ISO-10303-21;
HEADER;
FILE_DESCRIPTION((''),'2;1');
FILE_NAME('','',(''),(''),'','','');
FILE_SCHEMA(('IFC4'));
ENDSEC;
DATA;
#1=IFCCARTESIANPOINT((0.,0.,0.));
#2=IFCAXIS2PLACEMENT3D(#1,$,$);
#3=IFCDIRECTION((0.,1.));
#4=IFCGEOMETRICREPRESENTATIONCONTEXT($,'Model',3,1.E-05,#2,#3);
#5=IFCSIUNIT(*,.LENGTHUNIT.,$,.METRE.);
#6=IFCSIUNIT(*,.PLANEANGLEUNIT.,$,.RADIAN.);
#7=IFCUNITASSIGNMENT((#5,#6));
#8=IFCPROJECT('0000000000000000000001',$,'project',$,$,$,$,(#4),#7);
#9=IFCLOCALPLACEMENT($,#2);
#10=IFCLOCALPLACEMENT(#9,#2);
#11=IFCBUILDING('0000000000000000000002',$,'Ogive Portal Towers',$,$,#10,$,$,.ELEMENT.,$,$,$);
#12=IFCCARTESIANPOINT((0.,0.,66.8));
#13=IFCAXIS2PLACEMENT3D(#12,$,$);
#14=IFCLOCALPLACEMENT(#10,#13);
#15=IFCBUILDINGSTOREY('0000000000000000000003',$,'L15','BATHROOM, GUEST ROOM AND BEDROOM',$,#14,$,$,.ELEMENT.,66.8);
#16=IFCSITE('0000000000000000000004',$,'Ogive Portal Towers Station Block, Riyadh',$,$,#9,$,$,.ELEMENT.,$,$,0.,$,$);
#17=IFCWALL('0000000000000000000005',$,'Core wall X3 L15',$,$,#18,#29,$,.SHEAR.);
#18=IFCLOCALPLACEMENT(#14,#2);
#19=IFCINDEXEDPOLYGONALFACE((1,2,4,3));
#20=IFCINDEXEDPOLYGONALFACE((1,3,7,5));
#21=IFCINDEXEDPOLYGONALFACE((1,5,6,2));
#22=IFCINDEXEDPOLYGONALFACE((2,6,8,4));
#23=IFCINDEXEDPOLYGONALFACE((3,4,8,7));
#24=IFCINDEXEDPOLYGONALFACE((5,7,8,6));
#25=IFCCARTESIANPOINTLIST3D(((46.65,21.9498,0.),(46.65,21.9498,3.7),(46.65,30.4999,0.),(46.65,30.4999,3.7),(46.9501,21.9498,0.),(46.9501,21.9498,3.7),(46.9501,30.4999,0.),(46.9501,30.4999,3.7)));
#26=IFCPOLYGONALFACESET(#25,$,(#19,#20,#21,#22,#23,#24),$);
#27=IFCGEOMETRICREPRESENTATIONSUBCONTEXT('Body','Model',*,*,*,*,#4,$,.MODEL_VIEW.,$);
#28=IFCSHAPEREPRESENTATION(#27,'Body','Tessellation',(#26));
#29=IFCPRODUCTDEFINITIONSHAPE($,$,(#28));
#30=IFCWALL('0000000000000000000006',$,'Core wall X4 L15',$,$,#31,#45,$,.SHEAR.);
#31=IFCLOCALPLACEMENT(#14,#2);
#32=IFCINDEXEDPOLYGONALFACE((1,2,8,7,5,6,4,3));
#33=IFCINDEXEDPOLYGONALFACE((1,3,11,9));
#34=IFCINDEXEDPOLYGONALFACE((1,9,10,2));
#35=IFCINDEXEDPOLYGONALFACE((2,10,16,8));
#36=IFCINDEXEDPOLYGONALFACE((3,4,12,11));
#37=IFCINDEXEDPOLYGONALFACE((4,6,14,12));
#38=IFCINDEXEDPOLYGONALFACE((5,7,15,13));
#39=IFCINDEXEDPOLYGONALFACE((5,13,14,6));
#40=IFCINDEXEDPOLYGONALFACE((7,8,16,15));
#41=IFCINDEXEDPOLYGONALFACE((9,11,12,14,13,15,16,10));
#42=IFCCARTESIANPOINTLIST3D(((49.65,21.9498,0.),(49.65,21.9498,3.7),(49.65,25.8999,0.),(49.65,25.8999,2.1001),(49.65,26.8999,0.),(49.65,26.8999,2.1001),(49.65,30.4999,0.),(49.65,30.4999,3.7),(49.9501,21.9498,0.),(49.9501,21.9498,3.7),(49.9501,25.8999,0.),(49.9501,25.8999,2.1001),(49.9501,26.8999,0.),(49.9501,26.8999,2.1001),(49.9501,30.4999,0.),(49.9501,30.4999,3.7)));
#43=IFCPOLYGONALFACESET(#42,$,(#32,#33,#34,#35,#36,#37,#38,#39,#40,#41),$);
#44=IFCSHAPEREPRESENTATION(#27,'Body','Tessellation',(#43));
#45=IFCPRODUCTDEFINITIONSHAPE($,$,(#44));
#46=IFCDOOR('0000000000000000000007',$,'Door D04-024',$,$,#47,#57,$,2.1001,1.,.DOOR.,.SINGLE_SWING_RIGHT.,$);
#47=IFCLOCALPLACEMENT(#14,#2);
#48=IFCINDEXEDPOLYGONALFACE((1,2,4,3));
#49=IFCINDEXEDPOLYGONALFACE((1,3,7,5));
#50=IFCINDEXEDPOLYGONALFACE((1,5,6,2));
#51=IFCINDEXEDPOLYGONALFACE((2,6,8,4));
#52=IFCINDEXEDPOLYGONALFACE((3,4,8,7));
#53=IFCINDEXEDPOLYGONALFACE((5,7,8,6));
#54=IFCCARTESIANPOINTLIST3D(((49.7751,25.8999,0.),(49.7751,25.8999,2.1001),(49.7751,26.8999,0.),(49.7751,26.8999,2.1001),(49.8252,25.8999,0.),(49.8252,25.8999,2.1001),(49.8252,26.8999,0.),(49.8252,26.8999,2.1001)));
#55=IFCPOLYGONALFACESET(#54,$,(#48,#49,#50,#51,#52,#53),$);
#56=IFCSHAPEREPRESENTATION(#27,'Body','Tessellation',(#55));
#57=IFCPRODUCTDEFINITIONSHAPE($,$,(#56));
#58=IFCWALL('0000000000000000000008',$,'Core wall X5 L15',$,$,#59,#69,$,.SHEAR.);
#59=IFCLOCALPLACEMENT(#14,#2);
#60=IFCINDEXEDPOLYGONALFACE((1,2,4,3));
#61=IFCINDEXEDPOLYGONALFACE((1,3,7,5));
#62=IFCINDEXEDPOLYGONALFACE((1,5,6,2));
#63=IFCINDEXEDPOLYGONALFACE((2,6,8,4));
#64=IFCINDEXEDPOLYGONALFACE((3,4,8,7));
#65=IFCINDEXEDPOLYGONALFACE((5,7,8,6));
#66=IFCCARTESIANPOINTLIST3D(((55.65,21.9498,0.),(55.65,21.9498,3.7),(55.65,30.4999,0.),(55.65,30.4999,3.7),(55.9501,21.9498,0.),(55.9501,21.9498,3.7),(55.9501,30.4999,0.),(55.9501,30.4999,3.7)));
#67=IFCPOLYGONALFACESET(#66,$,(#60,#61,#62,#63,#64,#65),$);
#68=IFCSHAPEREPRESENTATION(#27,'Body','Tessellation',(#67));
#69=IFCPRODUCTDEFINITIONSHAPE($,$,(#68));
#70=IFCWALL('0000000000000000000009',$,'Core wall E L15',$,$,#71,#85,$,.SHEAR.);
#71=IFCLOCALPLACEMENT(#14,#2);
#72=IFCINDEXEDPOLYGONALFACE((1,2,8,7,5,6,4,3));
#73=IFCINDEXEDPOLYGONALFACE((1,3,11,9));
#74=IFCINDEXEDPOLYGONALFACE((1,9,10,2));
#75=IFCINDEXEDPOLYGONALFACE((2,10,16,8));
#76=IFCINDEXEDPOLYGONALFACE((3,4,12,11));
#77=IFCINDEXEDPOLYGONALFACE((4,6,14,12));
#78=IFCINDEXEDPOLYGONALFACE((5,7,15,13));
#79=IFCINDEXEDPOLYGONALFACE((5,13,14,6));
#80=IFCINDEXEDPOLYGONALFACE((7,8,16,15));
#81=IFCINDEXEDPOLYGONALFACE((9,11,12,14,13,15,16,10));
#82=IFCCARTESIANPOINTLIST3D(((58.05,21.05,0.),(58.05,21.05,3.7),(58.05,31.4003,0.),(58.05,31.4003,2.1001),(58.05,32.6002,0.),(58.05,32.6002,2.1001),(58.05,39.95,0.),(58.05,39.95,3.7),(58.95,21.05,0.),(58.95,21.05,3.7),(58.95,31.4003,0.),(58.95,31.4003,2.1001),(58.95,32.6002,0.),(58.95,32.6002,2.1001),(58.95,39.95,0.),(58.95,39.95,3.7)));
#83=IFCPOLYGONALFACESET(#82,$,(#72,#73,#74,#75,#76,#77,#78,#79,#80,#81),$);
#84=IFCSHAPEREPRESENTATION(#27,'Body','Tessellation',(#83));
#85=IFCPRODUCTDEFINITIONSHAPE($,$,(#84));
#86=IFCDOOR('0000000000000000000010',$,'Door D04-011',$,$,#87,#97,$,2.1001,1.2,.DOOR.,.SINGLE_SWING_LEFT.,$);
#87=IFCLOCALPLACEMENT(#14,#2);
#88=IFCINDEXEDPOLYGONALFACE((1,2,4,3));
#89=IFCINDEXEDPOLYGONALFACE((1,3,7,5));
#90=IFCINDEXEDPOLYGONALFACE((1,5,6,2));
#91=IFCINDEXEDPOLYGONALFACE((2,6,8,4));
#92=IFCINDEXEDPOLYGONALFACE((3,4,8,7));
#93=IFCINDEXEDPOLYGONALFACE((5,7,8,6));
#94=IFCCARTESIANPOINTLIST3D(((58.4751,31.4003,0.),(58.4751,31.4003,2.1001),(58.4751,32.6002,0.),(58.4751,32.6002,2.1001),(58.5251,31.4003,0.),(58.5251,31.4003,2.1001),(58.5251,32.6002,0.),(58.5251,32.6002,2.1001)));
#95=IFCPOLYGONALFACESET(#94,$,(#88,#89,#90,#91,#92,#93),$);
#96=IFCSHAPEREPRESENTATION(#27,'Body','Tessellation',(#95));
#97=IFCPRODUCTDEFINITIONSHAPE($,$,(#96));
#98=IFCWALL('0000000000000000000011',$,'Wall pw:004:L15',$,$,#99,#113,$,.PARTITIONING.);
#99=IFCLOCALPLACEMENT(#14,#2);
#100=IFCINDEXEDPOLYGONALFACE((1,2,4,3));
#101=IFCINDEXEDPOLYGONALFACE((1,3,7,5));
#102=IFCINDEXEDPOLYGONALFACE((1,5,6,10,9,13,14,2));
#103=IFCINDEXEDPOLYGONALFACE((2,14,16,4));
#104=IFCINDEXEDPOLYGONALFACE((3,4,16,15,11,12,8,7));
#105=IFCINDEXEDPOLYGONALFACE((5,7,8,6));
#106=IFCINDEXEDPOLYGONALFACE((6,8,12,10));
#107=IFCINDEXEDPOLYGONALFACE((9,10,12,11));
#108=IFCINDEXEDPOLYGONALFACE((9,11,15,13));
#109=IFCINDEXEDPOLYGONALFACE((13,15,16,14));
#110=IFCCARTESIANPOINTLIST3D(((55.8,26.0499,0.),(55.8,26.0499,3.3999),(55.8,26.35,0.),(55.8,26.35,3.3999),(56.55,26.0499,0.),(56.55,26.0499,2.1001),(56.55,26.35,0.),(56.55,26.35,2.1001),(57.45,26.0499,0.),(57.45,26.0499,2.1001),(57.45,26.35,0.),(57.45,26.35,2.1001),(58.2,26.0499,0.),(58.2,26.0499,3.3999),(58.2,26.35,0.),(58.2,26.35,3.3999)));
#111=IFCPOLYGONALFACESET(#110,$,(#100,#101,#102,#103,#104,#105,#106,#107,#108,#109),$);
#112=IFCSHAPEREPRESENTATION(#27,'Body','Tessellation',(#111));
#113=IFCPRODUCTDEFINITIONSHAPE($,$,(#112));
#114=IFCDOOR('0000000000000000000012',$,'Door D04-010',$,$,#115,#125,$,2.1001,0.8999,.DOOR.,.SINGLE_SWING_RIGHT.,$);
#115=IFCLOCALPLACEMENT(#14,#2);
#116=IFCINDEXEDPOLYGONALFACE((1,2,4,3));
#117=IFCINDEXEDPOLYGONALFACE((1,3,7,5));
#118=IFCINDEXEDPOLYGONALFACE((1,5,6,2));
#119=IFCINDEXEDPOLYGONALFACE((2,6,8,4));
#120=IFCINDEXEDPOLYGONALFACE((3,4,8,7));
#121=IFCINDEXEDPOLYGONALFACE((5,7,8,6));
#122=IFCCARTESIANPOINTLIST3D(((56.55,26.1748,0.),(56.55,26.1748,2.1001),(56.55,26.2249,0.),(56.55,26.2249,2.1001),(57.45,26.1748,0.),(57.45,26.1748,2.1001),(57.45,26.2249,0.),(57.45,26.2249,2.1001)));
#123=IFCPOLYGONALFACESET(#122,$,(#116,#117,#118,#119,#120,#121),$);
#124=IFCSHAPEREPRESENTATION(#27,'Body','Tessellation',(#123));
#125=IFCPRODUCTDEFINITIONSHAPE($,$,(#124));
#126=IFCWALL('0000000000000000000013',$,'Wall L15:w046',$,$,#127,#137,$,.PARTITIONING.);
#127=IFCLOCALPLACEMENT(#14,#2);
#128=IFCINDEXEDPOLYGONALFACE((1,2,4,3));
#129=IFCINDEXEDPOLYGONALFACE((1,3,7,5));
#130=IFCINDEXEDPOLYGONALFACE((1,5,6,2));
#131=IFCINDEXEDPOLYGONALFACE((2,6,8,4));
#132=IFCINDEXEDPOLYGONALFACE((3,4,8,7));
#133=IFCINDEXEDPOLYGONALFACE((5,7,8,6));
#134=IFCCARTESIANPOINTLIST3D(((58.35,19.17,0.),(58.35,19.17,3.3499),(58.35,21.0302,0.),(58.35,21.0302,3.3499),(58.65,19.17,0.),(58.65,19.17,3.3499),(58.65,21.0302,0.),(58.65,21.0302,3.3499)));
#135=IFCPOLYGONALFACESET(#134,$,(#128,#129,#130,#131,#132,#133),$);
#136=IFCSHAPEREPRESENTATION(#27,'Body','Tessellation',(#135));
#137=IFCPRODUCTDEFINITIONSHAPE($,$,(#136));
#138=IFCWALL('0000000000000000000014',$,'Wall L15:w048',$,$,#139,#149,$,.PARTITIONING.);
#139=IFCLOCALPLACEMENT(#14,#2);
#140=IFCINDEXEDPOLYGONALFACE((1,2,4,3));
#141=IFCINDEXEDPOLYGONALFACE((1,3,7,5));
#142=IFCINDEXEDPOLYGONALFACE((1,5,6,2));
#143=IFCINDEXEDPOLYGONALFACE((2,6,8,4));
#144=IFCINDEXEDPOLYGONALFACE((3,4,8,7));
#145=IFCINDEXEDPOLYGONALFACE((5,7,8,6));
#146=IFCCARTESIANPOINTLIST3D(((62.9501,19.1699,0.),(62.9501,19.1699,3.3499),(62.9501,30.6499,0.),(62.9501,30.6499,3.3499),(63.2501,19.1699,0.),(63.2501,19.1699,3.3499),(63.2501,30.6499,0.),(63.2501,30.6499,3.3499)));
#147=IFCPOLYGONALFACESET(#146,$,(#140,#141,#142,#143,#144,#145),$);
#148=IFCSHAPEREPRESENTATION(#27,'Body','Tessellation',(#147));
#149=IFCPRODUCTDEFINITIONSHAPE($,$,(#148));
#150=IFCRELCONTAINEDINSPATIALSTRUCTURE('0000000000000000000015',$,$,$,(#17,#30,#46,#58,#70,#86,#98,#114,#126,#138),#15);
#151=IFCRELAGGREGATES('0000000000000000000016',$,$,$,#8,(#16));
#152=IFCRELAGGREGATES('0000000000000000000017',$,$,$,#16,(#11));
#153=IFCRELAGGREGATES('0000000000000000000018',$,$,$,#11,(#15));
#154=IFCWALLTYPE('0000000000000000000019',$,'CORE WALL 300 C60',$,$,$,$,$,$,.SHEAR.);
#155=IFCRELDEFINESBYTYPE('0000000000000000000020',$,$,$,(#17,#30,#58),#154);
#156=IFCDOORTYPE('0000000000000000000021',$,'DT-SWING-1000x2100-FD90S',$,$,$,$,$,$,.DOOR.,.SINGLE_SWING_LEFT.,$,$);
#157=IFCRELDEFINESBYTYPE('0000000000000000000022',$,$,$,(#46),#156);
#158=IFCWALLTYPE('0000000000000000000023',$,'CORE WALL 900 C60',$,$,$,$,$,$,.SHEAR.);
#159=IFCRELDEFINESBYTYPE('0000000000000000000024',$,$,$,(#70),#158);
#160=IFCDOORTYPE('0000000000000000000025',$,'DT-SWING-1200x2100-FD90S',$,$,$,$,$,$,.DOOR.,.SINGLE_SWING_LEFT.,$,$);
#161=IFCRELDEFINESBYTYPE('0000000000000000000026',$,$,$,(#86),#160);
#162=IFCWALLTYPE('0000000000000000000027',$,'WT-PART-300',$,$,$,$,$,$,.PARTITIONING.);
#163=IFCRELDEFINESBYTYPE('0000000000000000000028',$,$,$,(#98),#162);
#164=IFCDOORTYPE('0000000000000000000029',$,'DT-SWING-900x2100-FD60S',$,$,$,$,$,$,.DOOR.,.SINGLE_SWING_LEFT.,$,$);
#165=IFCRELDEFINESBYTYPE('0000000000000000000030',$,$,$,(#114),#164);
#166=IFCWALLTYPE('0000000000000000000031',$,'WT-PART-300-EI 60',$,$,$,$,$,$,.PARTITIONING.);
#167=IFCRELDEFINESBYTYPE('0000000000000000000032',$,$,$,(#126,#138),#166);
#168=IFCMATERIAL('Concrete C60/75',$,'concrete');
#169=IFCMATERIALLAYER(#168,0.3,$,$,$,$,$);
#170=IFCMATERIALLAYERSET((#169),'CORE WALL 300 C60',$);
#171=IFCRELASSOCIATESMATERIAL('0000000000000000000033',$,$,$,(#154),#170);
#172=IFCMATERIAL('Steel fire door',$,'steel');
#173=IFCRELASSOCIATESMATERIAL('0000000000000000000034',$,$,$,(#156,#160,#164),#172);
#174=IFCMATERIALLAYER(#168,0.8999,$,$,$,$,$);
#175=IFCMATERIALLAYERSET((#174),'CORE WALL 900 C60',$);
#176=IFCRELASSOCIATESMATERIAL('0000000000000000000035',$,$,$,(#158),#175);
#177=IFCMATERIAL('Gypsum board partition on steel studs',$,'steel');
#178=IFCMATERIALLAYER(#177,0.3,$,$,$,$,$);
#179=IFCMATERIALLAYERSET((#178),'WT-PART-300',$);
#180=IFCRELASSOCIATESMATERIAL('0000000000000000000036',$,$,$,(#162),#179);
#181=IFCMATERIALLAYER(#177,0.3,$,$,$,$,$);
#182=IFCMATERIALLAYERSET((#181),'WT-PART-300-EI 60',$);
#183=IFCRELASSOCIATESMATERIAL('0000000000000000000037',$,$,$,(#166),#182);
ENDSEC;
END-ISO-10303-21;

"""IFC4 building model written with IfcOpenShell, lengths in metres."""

from ifc_helpers import new_model, si_unit, direction, frame, frame_2d, origin, place, context, subcontext, project, spatial, rectangle, extrude, material, layer, layer_set, type_object, element, fill, save


model = new_model("IFC4")

# Units and contexts
model_context = context("Model", 3, precision=1e-05, world=origin(), true_north=direction((0.0, 1.0)))
body_context = subcontext(model_context, "Body", "Model", "MODEL_VIEW")
ifc_project = project(units=[si_unit("LENGTHUNIT", "METRE"), si_unit("PLANEANGLEUNIT", "RADIAN")], contexts=[model_context])

# Site, building, storey
site_placement = place(None, origin())
site = spatial("IfcSite", under=ifc_project, at=site_placement, Name="Ogive Portal Towers Station Block, Riyadh", CompositionType="ELEMENT", RefElevation=0.0)
building_placement = place(site_placement, origin())
building = spatial("IfcBuilding", under=site, at=building_placement, Name="Ogive Portal Towers", CompositionType="ELEMENT")
storey_placement = place(building_placement, frame((0.0, 0.0, 66.8)))
storey = spatial("IfcBuildingStorey", under=building, at=storey_placement, Name="L15", Description="BATHROOM, GUEST ROOM AND BEDROOM", CompositionType="ELEMENT", Elevation=66.8)

# Wall
ifc_material_1 = material(Name="Concrete C60/75", Category="concrete")
ifc_layer_1 = layer(ifc_material_1, 0.3)
ifc_layer_set_1 = layer_set([ifc_layer_1], Name="CORE WALL 300 C60")
wall_type_1 = type_object("IfcWallType", Name="CORE WALL 300 C60", PredefinedType="SHEAR", material=ifc_layer_set_1)
wall_1_placement = place(storey_placement, frame((46.8, 21.95, 0.0), z_axis=(0.0, 0.0, 1.0), x_axis=(0.0, 1.0, 0.0)))
element("IfcWall", 1, at=wall_1_placement, inside=storey, type_object=wall_type_1, Name="Core wall X3 L15", PredefinedType="SHEAR", context=body_context, shape_type="SweptSolid", body=[
    extrude(rectangle(XDim=8.55, YDim=0.3, at=frame_2d((4.2749, 0.0))), origin(), (0.0, 0.0, 1.0), 3.7),
])

# Wall, opening, door
wall_2_placement = place(storey_placement, frame((49.8, 21.95, 0.0), z_axis=(0.0, 0.0, 1.0), x_axis=(0.0, 1.0, 0.0)))
wall_2 = element("IfcWall", 2, at=wall_2_placement, inside=storey, type_object=wall_type_1, Name="Core wall X4 L15", PredefinedType="SHEAR", context=body_context, shape_type="SweptSolid", body=[
    extrude(rectangle(XDim=8.55, YDim=0.3, at=frame_2d((4.2749, 0.0))), origin(), (0.0, 0.0, 1.0), 3.7),
])
opening_1_placement = place(wall_2_placement, frame((3.95, 0.0, 0.0)))
opening_1 = element("IfcOpeningElement", 3, at=opening_1_placement, cuts=wall_2, PredefinedType="OPENING", context=body_context, shape_type="SweptSolid", body=[
    extrude(rectangle(XDim=1.0, YDim=2.1001, at=frame_2d((0.5, 1.05))), frame((0.0, 0.1602, 0.0), z_axis=(0.0, -1.0, 0.0), x_axis=(1.0, 0.0, 0.0)), (0.0, 0.0, 1.0), 0.3201),
])
ifc_material_2 = material(Name="Steel fire door", Category="steel")
door_type_1 = type_object("IfcDoorType", Name="DT-SWING-1000x2100-FD90S", OperationType="SINGLE_SWING_LEFT", PredefinedType="DOOR", material=ifc_material_2)
door_1_placement = place(opening_1_placement, origin())
door_1 = element("IfcDoor", 4, at=door_1_placement, inside=storey, type_object=door_type_1, Name="Door D04-024", OperationType="SINGLE_SWING_RIGHT", OverallHeight=2.1001, OverallWidth=1.0, PredefinedType="DOOR", context=body_context, shape_type="SweptSolid", body=[
    extrude(rectangle(XDim=1.0, YDim=2.1001, at=frame_2d((0.5, 1.05))), frame((0.0, 0.0249, 0.0), z_axis=(0.0, -1.0, 0.0), x_axis=(1.0, 0.0, 0.0)), (0.0, 0.0, 1.0), 0.05),
])
fill(opening_1, door_1)

# Wall
wall_3_placement = place(storey_placement, frame((55.8, 21.95, 0.0), z_axis=(0.0, 0.0, 1.0), x_axis=(0.0, 1.0, 0.0)))
element("IfcWall", 5, at=wall_3_placement, inside=storey, type_object=wall_type_1, Name="Core wall X5 L15", PredefinedType="SHEAR", context=body_context, shape_type="SweptSolid", body=[
    extrude(rectangle(XDim=8.55, YDim=0.3, at=frame_2d((4.2749, 0.0))), origin(), (0.0, 0.0, 1.0), 3.7),
])

# Wall, opening, door
ifc_layer_2 = layer(ifc_material_1, 0.8999)
ifc_layer_set_2 = layer_set([ifc_layer_2], Name="CORE WALL 900 C60")
wall_type_2 = type_object("IfcWallType", Name="CORE WALL 900 C60", PredefinedType="SHEAR", material=ifc_layer_set_2)
wall_4_placement = place(storey_placement, frame((58.5, 21.05, 0.0), z_axis=(0.0, 0.0, 1.0), x_axis=(0.0, 1.0, 0.0)))
wall_4 = element("IfcWall", 6, at=wall_4_placement, inside=storey, type_object=wall_type_2, Name="Core wall E L15", PredefinedType="SHEAR", context=body_context, shape_type="SweptSolid", body=[
    extrude(rectangle(XDim=18.8999, YDim=0.8999, at=frame_2d((9.45, 0.0))), origin(), (0.0, 0.0, 1.0), 3.7),
])
opening_2_placement = place(wall_4_placement, frame((10.3501, 0.0, 0.0)))
opening_2 = element("IfcOpeningElement", 7, at=opening_2_placement, cuts=wall_4, PredefinedType="OPENING", context=body_context, shape_type="SweptSolid", body=[
    extrude(rectangle(XDim=1.2, YDim=2.1001, at=frame_2d((0.6001, 1.05))), frame((0.0, 0.46, 0.0), z_axis=(0.0, -1.0, 0.0), x_axis=(1.0, 0.0, 0.0)), (0.0, 0.0, 1.0), 0.9199),
])
door_type_2 = type_object("IfcDoorType", Name="DT-SWING-1200x2100-FD90S", OperationType="SINGLE_SWING_LEFT", PredefinedType="DOOR", material=ifc_material_2)
door_2_placement = place(opening_2_placement, origin())
door_2 = element("IfcDoor", 8, at=door_2_placement, inside=storey, type_object=door_type_2, Name="Door D04-011", OperationType="SINGLE_SWING_LEFT", OverallHeight=2.1001, OverallWidth=1.2, PredefinedType="DOOR", context=body_context, shape_type="SweptSolid", body=[
    extrude(rectangle(XDim=1.2, YDim=2.1001, at=frame_2d((0.6001, 1.05))), frame((0.0, 0.0249, 0.0), z_axis=(0.0, -1.0, 0.0), x_axis=(1.0, 0.0, 0.0)), (0.0, 0.0, 1.0), 0.05),
])
fill(opening_2, door_2)

# Wall, opening, door
ifc_material_3 = material(Name="Gypsum board partition on steel studs", Category="steel")
ifc_layer_3 = layer(ifc_material_3, 0.3)
ifc_layer_set_3 = layer_set([ifc_layer_3], Name="WT-PART-300")
wall_type_3 = type_object("IfcWallType", Name="WT-PART-300", PredefinedType="PARTITIONING", material=ifc_layer_set_3)
wall_5_placement = place(storey_placement, frame((55.8, 26.2, 0.0), z_axis=(0.0, 0.0, 1.0), x_axis=(1.0, 0.0, 0.0)))
wall_5 = element("IfcWall", 9, at=wall_5_placement, inside=storey, type_object=wall_type_3, Name="Wall pw:004:L15", PredefinedType="PARTITIONING", context=body_context, shape_type="SweptSolid", body=[
    extrude(rectangle(XDim=2.3999, YDim=0.3, at=frame_2d((1.2, 0.0))), origin(), (0.0, 0.0, 1.0), 3.3999),
])
opening_3_placement = place(wall_5_placement, frame((0.75, 0.0, 0.0)))
opening_3 = element("IfcOpeningElement", 10, at=opening_3_placement, cuts=wall_5, PredefinedType="OPENING", context=body_context, shape_type="SweptSolid", body=[
    extrude(rectangle(XDim=0.8999, YDim=2.1001, at=frame_2d((0.45, 1.05))), frame((0.0, 0.1602, 0.0), z_axis=(0.0, -1.0, 0.0), x_axis=(1.0, 0.0, 0.0)), (0.0, 0.0, 1.0), 0.3201),
])
door_type_3 = type_object("IfcDoorType", Name="DT-SWING-900x2100-FD60S", OperationType="SINGLE_SWING_LEFT", PredefinedType="DOOR", material=ifc_material_2)
door_3_placement = place(opening_3_placement, origin())
door_3 = element("IfcDoor", 11, at=door_3_placement, inside=storey, type_object=door_type_3, Name="Door D04-010", OperationType="SINGLE_SWING_RIGHT", OverallHeight=2.1001, OverallWidth=0.8999, PredefinedType="DOOR", context=body_context, shape_type="SweptSolid", body=[
    extrude(rectangle(XDim=0.8999, YDim=2.1001, at=frame_2d((0.45, 1.05))), frame((0.0, 0.0249, 0.0), z_axis=(0.0, -1.0, 0.0), x_axis=(1.0, 0.0, 0.0)), (0.0, 0.0, 1.0), 0.05),
])
fill(opening_3, door_3)

# Walls
ifc_layer_4 = layer(ifc_material_3, 0.3)
ifc_layer_set_4 = layer_set([ifc_layer_4], Name="WT-PART-300-EI 60")
wall_type_4 = type_object("IfcWallType", Name="WT-PART-300-EI 60", PredefinedType="PARTITIONING", material=ifc_layer_set_4)
wall_6_placement = place(storey_placement, frame((58.5, 19.1699, 0.0), z_axis=(0.0, 0.0, 1.0), x_axis=(0.0, 1.0, 0.0)))
element("IfcWall", 12, at=wall_6_placement, inside=storey, type_object=wall_type_4, Name="Wall L15:w046", PredefinedType="PARTITIONING", context=body_context, shape_type="SweptSolid", body=[
    extrude(rectangle(XDim=1.8601, YDim=0.3, at=frame_2d((0.9302, 0.0))), origin(), (0.0, 0.0, 1.0), 3.3499),
])
wall_7_placement = place(storey_placement, frame((63.1001, 19.1699, 0.0), z_axis=(0.0, 0.0, 1.0), x_axis=(0.0, 1.0, 0.0)))
element("IfcWall", 13, at=wall_7_placement, inside=storey, type_object=wall_type_4, Name="Wall L15:w048", PredefinedType="PARTITIONING", context=body_context, shape_type="SweptSolid", body=[
    extrude(rectangle(XDim=11.48, YDim=0.3, at=frame_2d((5.74, 0.0))), origin(), (0.0, 0.0, 1.0), 3.3499),
])

save(model, "model.ifc")
